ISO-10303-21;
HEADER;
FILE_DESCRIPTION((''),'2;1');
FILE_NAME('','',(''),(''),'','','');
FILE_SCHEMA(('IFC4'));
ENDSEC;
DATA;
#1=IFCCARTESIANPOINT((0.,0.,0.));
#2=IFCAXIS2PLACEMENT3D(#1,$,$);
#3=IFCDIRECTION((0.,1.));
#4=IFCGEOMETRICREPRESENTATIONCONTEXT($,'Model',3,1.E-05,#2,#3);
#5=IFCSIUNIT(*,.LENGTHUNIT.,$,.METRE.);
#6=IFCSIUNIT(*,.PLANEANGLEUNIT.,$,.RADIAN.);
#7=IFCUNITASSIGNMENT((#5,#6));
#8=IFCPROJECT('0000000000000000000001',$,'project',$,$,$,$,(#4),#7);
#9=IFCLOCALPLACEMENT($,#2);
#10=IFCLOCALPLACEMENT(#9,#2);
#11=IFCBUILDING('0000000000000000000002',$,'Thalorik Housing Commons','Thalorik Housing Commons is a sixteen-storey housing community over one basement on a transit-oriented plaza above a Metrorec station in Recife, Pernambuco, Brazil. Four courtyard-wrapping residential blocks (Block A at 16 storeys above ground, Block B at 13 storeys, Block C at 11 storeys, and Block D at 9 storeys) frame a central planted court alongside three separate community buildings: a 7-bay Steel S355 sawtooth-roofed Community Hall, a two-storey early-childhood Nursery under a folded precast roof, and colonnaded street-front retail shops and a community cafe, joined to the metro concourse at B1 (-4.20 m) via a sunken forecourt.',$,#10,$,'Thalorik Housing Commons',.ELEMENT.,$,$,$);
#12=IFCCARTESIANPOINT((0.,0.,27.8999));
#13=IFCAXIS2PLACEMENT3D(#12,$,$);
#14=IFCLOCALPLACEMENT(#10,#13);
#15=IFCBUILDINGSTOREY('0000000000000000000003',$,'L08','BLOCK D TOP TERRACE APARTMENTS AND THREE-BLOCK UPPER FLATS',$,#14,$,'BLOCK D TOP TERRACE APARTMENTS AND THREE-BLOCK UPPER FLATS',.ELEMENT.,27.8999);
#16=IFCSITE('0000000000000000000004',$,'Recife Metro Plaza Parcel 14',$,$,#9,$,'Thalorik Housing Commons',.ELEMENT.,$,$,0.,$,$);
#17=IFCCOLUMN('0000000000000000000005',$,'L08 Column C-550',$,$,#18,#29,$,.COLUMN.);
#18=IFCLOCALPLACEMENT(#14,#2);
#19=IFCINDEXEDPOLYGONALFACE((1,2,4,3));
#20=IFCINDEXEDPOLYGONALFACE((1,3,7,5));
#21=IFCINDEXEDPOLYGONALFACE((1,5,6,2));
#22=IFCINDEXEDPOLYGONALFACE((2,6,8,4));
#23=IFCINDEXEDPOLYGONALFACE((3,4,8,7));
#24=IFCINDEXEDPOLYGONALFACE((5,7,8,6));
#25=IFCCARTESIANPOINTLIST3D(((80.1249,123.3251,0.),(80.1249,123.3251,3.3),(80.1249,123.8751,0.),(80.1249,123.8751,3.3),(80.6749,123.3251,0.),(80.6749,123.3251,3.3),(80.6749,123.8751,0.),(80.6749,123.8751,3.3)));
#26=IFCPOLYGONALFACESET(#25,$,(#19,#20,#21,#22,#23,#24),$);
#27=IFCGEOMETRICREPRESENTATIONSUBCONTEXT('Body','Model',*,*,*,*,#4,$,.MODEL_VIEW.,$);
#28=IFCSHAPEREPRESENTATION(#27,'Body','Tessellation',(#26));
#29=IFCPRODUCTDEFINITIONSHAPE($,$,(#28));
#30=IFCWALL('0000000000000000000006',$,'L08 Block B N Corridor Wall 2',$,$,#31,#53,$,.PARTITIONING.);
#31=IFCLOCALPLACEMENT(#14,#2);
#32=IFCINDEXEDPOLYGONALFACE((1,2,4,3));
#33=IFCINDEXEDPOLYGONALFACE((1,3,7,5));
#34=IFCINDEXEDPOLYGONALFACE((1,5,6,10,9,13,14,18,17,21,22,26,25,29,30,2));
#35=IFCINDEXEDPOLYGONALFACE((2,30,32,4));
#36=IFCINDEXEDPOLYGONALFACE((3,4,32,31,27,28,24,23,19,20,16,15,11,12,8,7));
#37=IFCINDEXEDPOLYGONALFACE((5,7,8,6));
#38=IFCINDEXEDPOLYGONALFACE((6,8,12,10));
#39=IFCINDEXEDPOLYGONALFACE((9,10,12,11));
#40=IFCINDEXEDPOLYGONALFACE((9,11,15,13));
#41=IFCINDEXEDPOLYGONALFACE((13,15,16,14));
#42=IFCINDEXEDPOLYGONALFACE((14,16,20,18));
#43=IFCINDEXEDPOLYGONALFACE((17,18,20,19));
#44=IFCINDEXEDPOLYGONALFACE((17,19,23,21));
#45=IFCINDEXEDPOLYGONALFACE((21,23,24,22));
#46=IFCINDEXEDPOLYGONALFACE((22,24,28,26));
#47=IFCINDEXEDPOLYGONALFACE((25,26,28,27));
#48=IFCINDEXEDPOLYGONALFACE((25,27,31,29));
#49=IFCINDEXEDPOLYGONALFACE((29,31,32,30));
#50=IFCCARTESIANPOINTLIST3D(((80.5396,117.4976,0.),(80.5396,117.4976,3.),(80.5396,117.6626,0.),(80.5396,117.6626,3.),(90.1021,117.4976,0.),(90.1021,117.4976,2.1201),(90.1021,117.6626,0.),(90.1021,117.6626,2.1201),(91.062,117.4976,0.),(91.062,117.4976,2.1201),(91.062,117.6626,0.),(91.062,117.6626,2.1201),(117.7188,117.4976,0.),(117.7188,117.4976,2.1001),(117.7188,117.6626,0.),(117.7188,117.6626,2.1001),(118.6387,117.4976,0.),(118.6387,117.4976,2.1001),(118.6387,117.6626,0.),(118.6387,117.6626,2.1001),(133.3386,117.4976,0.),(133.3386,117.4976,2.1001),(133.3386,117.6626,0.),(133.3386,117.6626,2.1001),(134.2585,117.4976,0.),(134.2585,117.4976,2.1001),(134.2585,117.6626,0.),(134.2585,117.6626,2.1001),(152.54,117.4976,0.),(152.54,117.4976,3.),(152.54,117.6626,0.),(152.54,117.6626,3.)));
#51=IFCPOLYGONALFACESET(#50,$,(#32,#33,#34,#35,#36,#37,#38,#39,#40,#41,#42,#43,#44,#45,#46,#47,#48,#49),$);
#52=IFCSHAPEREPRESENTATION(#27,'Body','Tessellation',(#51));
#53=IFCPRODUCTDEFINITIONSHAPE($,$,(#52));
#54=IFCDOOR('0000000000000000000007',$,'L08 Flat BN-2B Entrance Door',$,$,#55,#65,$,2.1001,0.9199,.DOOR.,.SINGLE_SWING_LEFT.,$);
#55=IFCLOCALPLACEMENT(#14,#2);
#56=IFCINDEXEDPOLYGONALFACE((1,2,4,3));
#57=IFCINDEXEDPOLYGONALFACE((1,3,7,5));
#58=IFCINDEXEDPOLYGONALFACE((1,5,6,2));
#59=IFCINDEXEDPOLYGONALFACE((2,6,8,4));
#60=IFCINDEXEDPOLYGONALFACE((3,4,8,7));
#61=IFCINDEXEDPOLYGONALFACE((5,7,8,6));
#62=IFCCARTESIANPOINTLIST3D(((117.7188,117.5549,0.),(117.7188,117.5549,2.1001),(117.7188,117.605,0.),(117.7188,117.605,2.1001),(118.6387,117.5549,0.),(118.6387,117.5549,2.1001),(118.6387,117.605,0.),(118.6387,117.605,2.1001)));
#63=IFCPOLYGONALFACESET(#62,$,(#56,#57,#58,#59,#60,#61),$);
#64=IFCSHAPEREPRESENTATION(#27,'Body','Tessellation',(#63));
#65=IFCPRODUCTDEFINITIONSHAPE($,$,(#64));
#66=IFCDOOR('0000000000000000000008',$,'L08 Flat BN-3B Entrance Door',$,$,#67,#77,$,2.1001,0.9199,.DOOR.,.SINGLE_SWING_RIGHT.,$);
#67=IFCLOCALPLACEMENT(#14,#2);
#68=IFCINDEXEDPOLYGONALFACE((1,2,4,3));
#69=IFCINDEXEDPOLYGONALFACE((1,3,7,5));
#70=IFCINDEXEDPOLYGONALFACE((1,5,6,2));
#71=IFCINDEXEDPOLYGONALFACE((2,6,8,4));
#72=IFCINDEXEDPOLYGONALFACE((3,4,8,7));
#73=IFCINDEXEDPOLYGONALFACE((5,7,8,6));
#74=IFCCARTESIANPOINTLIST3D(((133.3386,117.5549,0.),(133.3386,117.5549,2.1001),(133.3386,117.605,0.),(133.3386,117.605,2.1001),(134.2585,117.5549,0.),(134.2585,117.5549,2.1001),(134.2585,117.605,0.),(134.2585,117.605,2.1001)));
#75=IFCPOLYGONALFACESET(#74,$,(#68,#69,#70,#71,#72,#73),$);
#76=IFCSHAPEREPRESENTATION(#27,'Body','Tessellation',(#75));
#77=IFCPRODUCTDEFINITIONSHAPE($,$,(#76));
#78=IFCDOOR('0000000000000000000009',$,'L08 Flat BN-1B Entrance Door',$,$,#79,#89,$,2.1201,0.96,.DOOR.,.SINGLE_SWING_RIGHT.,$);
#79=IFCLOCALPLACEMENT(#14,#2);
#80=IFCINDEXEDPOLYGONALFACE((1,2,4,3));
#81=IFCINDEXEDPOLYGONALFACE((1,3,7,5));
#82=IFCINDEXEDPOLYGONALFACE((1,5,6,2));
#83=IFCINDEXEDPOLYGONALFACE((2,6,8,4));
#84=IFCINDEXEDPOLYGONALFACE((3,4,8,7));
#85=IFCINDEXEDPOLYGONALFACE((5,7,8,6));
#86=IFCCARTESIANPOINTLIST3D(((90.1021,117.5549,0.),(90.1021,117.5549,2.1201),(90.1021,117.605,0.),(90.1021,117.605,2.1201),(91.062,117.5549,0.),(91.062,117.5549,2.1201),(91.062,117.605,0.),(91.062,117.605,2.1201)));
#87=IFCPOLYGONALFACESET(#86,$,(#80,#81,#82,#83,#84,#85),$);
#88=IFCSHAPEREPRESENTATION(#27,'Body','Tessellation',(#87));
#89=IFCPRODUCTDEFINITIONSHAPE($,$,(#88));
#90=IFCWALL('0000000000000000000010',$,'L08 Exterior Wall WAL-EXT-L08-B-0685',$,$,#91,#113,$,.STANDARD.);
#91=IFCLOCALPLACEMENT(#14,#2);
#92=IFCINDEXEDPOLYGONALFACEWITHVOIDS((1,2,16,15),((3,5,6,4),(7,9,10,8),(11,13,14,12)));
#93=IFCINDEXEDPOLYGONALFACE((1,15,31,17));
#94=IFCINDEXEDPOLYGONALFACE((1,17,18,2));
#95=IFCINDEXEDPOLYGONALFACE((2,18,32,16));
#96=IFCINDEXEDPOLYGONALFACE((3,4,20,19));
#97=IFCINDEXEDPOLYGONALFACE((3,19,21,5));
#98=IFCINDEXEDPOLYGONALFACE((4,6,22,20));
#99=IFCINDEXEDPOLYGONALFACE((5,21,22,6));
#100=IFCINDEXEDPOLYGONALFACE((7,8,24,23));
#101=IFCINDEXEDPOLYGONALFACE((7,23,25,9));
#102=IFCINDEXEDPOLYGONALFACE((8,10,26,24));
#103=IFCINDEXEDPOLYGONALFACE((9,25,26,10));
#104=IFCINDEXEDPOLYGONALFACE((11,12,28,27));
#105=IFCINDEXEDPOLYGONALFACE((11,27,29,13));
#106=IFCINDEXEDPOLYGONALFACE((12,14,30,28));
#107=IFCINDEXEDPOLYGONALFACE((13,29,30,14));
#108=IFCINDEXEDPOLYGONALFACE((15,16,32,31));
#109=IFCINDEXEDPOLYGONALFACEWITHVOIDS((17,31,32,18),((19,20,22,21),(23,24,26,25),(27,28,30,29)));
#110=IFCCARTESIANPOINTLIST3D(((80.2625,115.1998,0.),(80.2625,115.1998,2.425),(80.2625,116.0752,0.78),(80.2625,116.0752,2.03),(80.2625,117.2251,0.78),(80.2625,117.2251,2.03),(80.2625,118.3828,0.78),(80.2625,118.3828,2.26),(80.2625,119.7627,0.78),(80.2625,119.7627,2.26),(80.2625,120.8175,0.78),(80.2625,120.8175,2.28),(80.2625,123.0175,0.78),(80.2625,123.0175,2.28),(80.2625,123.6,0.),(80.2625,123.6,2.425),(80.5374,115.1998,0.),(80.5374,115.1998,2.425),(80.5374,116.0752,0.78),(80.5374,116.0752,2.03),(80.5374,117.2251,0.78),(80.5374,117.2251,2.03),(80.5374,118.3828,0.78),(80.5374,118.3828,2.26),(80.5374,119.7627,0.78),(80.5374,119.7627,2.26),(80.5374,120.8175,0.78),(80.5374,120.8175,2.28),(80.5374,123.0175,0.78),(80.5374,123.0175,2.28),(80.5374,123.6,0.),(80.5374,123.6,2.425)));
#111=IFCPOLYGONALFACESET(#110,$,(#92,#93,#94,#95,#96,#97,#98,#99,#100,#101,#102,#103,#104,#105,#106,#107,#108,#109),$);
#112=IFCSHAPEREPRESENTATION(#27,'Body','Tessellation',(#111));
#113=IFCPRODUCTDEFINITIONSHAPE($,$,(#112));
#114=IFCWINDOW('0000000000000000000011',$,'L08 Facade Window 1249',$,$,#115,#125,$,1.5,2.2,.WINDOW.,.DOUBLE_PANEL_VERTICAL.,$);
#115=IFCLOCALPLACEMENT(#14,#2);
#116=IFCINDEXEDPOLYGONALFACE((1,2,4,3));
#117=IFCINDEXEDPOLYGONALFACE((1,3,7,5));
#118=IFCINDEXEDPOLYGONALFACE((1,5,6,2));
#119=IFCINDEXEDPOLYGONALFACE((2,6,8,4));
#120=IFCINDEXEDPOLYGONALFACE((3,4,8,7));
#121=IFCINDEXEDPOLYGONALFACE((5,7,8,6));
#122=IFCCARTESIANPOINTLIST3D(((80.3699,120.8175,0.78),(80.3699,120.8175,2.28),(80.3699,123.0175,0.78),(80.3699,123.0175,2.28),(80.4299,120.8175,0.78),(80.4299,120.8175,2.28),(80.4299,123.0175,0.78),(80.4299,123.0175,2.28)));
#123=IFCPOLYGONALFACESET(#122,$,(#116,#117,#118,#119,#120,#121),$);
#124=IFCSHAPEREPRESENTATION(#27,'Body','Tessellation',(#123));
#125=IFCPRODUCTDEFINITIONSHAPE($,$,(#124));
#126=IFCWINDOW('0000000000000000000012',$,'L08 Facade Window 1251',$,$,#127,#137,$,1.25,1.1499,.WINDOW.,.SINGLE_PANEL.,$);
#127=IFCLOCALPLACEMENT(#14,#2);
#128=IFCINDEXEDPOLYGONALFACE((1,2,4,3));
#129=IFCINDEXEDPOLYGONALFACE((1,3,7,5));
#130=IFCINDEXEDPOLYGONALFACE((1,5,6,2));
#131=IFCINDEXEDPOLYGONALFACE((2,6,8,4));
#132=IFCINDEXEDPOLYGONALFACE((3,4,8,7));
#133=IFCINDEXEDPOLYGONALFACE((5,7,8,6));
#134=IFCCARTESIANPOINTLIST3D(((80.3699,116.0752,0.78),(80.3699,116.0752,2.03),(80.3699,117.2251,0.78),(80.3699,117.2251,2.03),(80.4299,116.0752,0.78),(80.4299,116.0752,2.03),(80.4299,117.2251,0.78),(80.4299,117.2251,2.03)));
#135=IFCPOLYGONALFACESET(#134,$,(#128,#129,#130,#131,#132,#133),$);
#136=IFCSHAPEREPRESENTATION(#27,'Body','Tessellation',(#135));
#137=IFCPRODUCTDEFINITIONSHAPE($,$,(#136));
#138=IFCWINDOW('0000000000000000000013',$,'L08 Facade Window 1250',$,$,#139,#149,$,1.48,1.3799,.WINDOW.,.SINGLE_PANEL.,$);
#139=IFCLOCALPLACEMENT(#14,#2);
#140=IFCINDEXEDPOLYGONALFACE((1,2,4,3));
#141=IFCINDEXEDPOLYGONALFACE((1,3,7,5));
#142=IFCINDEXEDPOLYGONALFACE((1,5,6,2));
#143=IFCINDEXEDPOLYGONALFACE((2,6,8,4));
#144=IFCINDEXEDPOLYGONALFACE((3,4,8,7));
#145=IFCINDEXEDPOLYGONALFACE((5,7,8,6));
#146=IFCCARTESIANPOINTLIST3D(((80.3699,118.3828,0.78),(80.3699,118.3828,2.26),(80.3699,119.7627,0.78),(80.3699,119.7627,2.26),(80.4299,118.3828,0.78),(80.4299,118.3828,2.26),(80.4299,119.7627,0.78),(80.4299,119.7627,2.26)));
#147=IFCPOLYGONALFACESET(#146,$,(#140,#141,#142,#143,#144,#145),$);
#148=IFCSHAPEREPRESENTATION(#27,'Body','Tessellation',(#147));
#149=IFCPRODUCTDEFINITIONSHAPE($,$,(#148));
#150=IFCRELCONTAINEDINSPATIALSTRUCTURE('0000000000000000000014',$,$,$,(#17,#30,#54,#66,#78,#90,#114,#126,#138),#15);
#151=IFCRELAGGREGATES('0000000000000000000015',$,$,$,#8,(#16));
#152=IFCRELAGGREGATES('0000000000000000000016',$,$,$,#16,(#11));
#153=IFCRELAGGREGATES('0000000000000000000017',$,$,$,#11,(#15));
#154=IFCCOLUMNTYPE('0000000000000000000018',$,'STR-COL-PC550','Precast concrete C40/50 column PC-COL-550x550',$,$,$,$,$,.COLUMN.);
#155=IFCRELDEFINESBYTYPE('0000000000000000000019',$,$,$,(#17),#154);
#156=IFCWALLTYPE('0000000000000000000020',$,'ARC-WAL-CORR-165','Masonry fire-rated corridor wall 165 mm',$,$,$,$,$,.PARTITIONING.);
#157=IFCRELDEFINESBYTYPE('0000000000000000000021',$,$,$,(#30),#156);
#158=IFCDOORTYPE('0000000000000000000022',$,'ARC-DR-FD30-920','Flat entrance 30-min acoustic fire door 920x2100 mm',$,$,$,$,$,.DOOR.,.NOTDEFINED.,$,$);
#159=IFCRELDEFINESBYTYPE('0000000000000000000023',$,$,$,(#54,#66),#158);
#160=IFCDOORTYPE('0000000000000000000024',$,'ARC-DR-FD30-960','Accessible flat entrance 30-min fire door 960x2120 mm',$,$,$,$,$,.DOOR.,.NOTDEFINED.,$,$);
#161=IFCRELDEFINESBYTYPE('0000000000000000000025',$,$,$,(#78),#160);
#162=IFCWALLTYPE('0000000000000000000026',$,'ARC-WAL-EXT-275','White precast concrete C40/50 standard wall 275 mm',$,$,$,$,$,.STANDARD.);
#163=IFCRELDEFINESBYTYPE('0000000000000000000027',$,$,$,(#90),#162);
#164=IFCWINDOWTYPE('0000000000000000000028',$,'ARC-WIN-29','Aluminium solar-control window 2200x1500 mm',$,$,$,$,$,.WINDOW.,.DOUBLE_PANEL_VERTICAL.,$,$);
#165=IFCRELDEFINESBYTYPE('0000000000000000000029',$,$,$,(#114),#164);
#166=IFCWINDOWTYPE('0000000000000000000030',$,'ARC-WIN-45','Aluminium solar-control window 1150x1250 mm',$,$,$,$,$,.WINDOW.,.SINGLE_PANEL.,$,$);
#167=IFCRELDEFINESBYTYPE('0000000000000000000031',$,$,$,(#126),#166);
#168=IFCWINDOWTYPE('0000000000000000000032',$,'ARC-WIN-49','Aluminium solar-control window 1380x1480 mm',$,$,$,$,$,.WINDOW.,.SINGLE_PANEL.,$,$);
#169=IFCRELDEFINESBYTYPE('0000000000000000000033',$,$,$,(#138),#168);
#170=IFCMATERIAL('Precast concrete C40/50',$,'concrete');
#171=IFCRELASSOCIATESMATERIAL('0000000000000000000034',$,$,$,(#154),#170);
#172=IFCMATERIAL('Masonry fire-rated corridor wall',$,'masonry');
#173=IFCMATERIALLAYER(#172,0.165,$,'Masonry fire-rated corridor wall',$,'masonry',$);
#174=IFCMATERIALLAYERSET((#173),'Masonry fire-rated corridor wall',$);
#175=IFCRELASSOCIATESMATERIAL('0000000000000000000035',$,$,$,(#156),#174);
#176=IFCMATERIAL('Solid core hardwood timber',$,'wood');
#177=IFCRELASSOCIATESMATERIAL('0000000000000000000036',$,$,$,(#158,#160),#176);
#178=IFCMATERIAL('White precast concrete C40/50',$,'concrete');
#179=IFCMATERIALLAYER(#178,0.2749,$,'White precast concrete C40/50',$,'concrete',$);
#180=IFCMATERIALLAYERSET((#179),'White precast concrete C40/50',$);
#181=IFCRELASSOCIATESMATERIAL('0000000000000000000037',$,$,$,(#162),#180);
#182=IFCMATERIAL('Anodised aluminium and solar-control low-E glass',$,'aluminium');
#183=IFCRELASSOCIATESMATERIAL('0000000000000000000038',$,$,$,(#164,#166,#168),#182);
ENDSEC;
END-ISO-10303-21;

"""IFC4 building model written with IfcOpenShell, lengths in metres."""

from ifc_helpers import new_model, si_unit, direction, frame, frame_2d, origin, origin_2d, place, context, subcontext, project, spatial, rectangle, extrude, material, layer, layer_set, material_profile, profile_set, type_object, element, fill, save


model = new_model("IFC4")

# Units and contexts
model_context = context("Model", 3, precision=1e-05, world=origin(), true_north=direction((0.0, 1.0)))
body_context = subcontext(model_context, "Body", "Model", "MODEL_VIEW")
ifc_project = project(units=[si_unit("LENGTHUNIT", "METRE"), si_unit("PLANEANGLEUNIT", "RADIAN")], contexts=[model_context])

# Site, building, storey
site_placement = place(None, origin())
site = spatial("IfcSite", under=ifc_project, at=site_placement, Name="Recife Metro Plaza Parcel 14", LongName="Thalorik Housing Commons", CompositionType="ELEMENT", RefElevation=0.0)
building_placement = place(site_placement, origin())
building = spatial("IfcBuilding", under=site, at=building_placement, Name="Thalorik Housing Commons", Description="Thalorik Housing Commons is a sixteen-storey housing community over one basement on a transit-oriented plaza above a Metrorec station in Recife, Pernambuco, Brazil. Four courtyard-wrapping residential blocks (Block A at 16 storeys above ground, Block B at 13 storeys, Block C at 11 storeys, and Block D at 9 storeys) frame a central planted court alongside three separate community buildings: a 7-bay Steel S355 sawtooth-roofed Community Hall, a two-storey early-childhood Nursery under a folded precast roof, and colonnaded street-front retail shops and a community cafe, joined to the metro concourse at B1 (-4.20 m) via a sunken forecourt.", LongName="Thalorik Housing Commons", CompositionType="ELEMENT")
storey_placement = place(building_placement, frame((0.0, 0.0, 27.8999)))
storey = spatial("IfcBuildingStorey", under=building, at=storey_placement, Name="L08", Description="BLOCK D TOP TERRACE APARTMENTS AND THREE-BLOCK UPPER FLATS", LongName="BLOCK D TOP TERRACE APARTMENTS AND THREE-BLOCK UPPER FLATS", CompositionType="ELEMENT", Elevation=27.8999)

# Column
ifc_material_1 = material(Name="Precast concrete C40/50", Category="concrete")
ifc_material_profile = material_profile(ifc_material_1, rectangle(XDim=0.55, YDim=0.55, at=origin_2d()), Name="PC 550x550", Category="concrete")
ifc_profile_set = profile_set([ifc_material_profile], Name="Precast concrete C40/50")
column_type = type_object("IfcColumnType", Name="STR-COL-PC550", Description="Precast concrete C40/50 column PC-COL-550x550", PredefinedType="COLUMN", material=ifc_profile_set)
column_placement = place(storey_placement, frame((80.3999, 123.6001, 0.0), z_axis=(0.0, 0.0, 1.0), x_axis=(1.0, 0.0, 0.0)))
element("IfcColumn", 1, at=column_placement, inside=storey, type_object=column_type, Name="L08 Column C-550", PredefinedType="COLUMN", context=body_context, shape_type="SweptSolid", body=[
    extrude(rectangle(XDim=0.55, YDim=0.55, at=origin_2d()), origin(), (0.0, 0.0, 1.0), 3.3),
])

# Wall, openings, doors
ifc_material_2 = material(Name="Masonry fire-rated corridor wall", Category="masonry")
ifc_layer_1 = layer(ifc_material_2, 0.165, Name="Masonry fire-rated corridor wall", Category="masonry")
ifc_layer_set_1 = layer_set([ifc_layer_1], Name="Masonry fire-rated corridor wall")
wall_type_1 = type_object("IfcWallType", Name="ARC-WAL-CORR-165", Description="Masonry fire-rated corridor wall 165 mm", PredefinedType="PARTITIONING", material=ifc_layer_set_1)
wall_1_placement = place(storey_placement, frame((80.5396, 117.5801, 0.0), z_axis=(0.0, 0.0, 1.0), x_axis=(1.0, 0.0, 0.0)))
wall_1 = element("IfcWall", 2, at=wall_1_placement, inside=storey, type_object=wall_type_1, Name="L08 Block B N Corridor Wall 2", PredefinedType="PARTITIONING", context=body_context, shape_type="SweptSolid", body=[
    extrude(rectangle(XDim=72.0005, YDim=0.165, at=frame_2d((36.0002, 0.0))), origin(), (0.0, 0.0, 1.0), 3.0),
])
opening_1_placement = place(wall_1_placement, frame((9.5625, 0.0, 0.0)))
opening_1 = element("IfcOpeningElement", 3, at=opening_1_placement, cuts=wall_1, PredefinedType="OPENING", context=body_context, shape_type="SweptSolid", body=[
    extrude(rectangle(XDim=0.96, YDim=2.1201, at=frame_2d((0.48, 1.0601))), frame((0.0, 0.0925, 0.0), z_axis=(0.0, -1.0, 0.0), x_axis=(1.0, 0.0, 0.0)), (0.0, 0.0, 1.0), 0.1851),
])
opening_2_placement = place(wall_1_placement, frame((37.1792, 0.0, 0.0)))
opening_2 = element("IfcOpeningElement", 4, at=opening_2_placement, cuts=wall_1, PredefinedType="OPENING", context=body_context, shape_type="SweptSolid", body=[
    extrude(rectangle(XDim=0.9199, YDim=2.1001, at=frame_2d((0.46, 1.05))), frame((0.0, 0.0925, 0.0), z_axis=(0.0, -1.0, 0.0), x_axis=(1.0, 0.0, 0.0)), (0.0, 0.0, 1.0), 0.1851),
])
opening_3_placement = place(wall_1_placement, frame((52.7991, 0.0, 0.0)))
opening_3 = element("IfcOpeningElement", 5, at=opening_3_placement, cuts=wall_1, PredefinedType="OPENING", context=body_context, shape_type="SweptSolid", body=[
    extrude(rectangle(XDim=0.9199, YDim=2.1001, at=frame_2d((0.46, 1.05))), frame((0.0, 0.0925, 0.0), z_axis=(0.0, -1.0, 0.0), x_axis=(1.0, 0.0, 0.0)), (0.0, 0.0, 1.0), 0.1851),
])
ifc_material_3 = material(Name="Solid core hardwood timber", Category="wood")
door_type_1 = type_object("IfcDoorType", Name="ARC-DR-FD30-920", Description="Flat entrance 30-min acoustic fire door 920x2100 mm", OperationType="NOTDEFINED", PredefinedType="DOOR", material=ifc_material_3)
door_1_placement = place(opening_2_placement, origin())
door_1 = element("IfcDoor", 6, at=door_1_placement, inside=storey, type_object=door_type_1, Name="L08 Flat BN-2B Entrance Door", OperationType="SINGLE_SWING_LEFT", OverallHeight=2.1001, OverallWidth=0.9199, PredefinedType="DOOR", context=body_context, shape_type="SweptSolid", body=[
    extrude(rectangle(XDim=0.9199, YDim=2.1001, at=frame_2d((0.46, 1.05))), frame((0.0, 0.0249, 0.0), z_axis=(0.0, -1.0, 0.0), x_axis=(1.0, 0.0, 0.0)), (0.0, 0.0, 1.0), 0.05),
])
fill(opening_2, door_1)
door_2_placement = place(opening_3_placement, origin())
door_2 = element("IfcDoor", 7, at=door_2_placement, inside=storey, type_object=door_type_1, Name="L08 Flat BN-3B Entrance Door", OperationType="SINGLE_SWING_RIGHT", OverallHeight=2.1001, OverallWidth=0.9199, PredefinedType="DOOR", context=body_context, shape_type="SweptSolid", body=[
    extrude(rectangle(XDim=0.9199, YDim=2.1001, at=frame_2d((0.46, 1.05))), frame((0.0, 0.0249, 0.0), z_axis=(0.0, -1.0, 0.0), x_axis=(1.0, 0.0, 0.0)), (0.0, 0.0, 1.0), 0.05),
])
fill(opening_3, door_2)
door_type_2 = type_object("IfcDoorType", Name="ARC-DR-FD30-960", Description="Accessible flat entrance 30-min fire door 960x2120 mm", OperationType="NOTDEFINED", PredefinedType="DOOR", material=ifc_material_3)
door_3_placement = place(opening_1_placement, origin())
door_3 = element("IfcDoor", 8, at=door_3_placement, inside=storey, type_object=door_type_2, Name="L08 Flat BN-1B Entrance Door", OperationType="SINGLE_SWING_RIGHT", OverallHeight=2.1201, OverallWidth=0.96, PredefinedType="DOOR", context=body_context, shape_type="SweptSolid", body=[
    extrude(rectangle(XDim=0.96, YDim=2.1201, at=frame_2d((0.48, 1.0601))), frame((0.0, 0.0249, 0.0), z_axis=(0.0, -1.0, 0.0), x_axis=(1.0, 0.0, 0.0)), (0.0, 0.0, 1.0), 0.05),
])
fill(opening_1, door_3)

# Wall, openings, windows
ifc_material_4 = material(Name="White precast concrete C40/50", Category="concrete")
ifc_layer_2 = layer(ifc_material_4, 0.2749, Name="White precast concrete C40/50", Category="concrete")
ifc_layer_set_2 = layer_set([ifc_layer_2], Name="White precast concrete C40/50")
wall_type_2 = type_object("IfcWallType", Name="ARC-WAL-EXT-275", Description="White precast concrete C40/50 standard wall 275 mm", PredefinedType="STANDARD", material=ifc_layer_set_2)
wall_2_placement = place(storey_placement, frame((80.3999, 123.6001, 0.0), z_axis=(0.0, 0.0, 1.0), x_axis=(0.0, -1.0, 0.0)))
wall_2 = element("IfcWall", 9, at=wall_2_placement, inside=storey, type_object=wall_type_2, Name="L08 Exterior Wall WAL-EXT-L08-B-0685", PredefinedType="STANDARD", context=body_context, shape_type="SweptSolid", body=[
    extrude(rectangle(XDim=8.4001, YDim=0.2749, at=frame_2d((4.2002, 0.0))), origin(), (0.0, 0.0, 1.0), 2.425),
])
opening_4_placement = place(wall_2_placement, frame((0.5825, 0.0, 0.78)))
opening_4 = element("IfcOpeningElement", 10, at=opening_4_placement, cuts=wall_2, PredefinedType="OPENING", context=body_context, shape_type="SweptSolid", body=[
    extrude(rectangle(XDim=2.2, YDim=1.5, at=frame_2d((1.1001, 0.75))), frame((0.0, 0.1475, 0.0), z_axis=(0.0, -1.0, 0.0), x_axis=(1.0, 0.0, 0.0)), (0.0, 0.0, 1.0), 0.2949),
])
opening_5_placement = place(wall_2_placement, frame((3.8374, 0.0, 0.78)))
opening_5 = element("IfcOpeningElement", 11, at=opening_5_placement, cuts=wall_2, PredefinedType="OPENING", context=body_context, shape_type="SweptSolid", body=[
    extrude(rectangle(XDim=1.3799, YDim=1.48, at=frame_2d((0.6899, 0.74))), frame((0.0, 0.1475, 0.0), z_axis=(0.0, -1.0, 0.0), x_axis=(1.0, 0.0, 0.0)), (0.0, 0.0, 1.0), 0.2949),
])
opening_6_placement = place(wall_2_placement, frame((6.375, 0.0, 0.78)))
opening_6 = element("IfcOpeningElement", 12, at=opening_6_placement, cuts=wall_2, PredefinedType="OPENING", context=body_context, shape_type="SweptSolid", body=[
    extrude(rectangle(XDim=1.1499, YDim=1.25, at=frame_2d((0.575, 0.625))), frame((0.0, 0.1475, 0.0), z_axis=(0.0, -1.0, 0.0), x_axis=(1.0, 0.0, 0.0)), (0.0, 0.0, 1.0), 0.2949),
])
ifc_material_5 = material(Name="Anodised aluminium and solar-control low-E glass", Category="aluminium")
window_type_1 = type_object("IfcWindowType", Name="ARC-WIN-29", Description="Aluminium solar-control window 2200x1500 mm", PartitioningType="DOUBLE_PANEL_VERTICAL", PredefinedType="WINDOW", material=ifc_material_5)
window_1_placement = place(opening_4_placement, origin())
window_1 = element("IfcWindow", 13, at=window_1_placement, inside=storey, type_object=window_type_1, Name="L08 Facade Window 1249", OverallHeight=1.5, OverallWidth=2.2, PartitioningType="DOUBLE_PANEL_VERTICAL", PredefinedType="WINDOW", context=body_context, shape_type="SweptSolid", body=[
    extrude(rectangle(XDim=2.2, YDim=1.5, at=frame_2d((1.1001, 0.75))), frame((0.0, 0.03, 0.0), z_axis=(0.0, -1.0, 0.0), x_axis=(1.0, 0.0, 0.0)), (0.0, 0.0, 1.0), 0.0601),
])
fill(opening_4, window_1)
window_type_2 = type_object("IfcWindowType", Name="ARC-WIN-45", Description="Aluminium solar-control window 1150x1250 mm", PartitioningType="SINGLE_PANEL", PredefinedType="WINDOW", material=ifc_material_5)
window_2_placement = place(opening_6_placement, origin())
window_2 = element("IfcWindow", 14, at=window_2_placement, inside=storey, type_object=window_type_2, Name="L08 Facade Window 1251", OverallHeight=1.25, OverallWidth=1.1499, PartitioningType="SINGLE_PANEL", PredefinedType="WINDOW", context=body_context, shape_type="SweptSolid", body=[
    extrude(rectangle(XDim=1.1499, YDim=1.25, at=frame_2d((0.575, 0.625))), frame((0.0, 0.03, 0.0), z_axis=(0.0, -1.0, 0.0), x_axis=(1.0, 0.0, 0.0)), (0.0, 0.0, 1.0), 0.0601),
])
fill(opening_6, window_2)
window_type_3 = type_object("IfcWindowType", Name="ARC-WIN-49", Description="Aluminium solar-control window 1380x1480 mm", PartitioningType="SINGLE_PANEL", PredefinedType="WINDOW", material=ifc_material_5)
window_3_placement = place(opening_5_placement, origin())
window_3 = element("IfcWindow", 15, at=window_3_placement, inside=storey, type_object=window_type_3, Name="L08 Facade Window 1250", OverallHeight=1.48, OverallWidth=1.3799, PartitioningType="SINGLE_PANEL", PredefinedType="WINDOW", context=body_context, shape_type="SweptSolid", body=[
    extrude(rectangle(XDim=1.3799, YDim=1.48, at=frame_2d((0.6899, 0.74))), frame((0.0, 0.03, 0.0), z_axis=(0.0, -1.0, 0.0), x_axis=(1.0, 0.0, 0.0)), (0.0, 0.0, 1.0), 0.0601),
])
fill(opening_5, window_3)

save(model, "model.ifc")
